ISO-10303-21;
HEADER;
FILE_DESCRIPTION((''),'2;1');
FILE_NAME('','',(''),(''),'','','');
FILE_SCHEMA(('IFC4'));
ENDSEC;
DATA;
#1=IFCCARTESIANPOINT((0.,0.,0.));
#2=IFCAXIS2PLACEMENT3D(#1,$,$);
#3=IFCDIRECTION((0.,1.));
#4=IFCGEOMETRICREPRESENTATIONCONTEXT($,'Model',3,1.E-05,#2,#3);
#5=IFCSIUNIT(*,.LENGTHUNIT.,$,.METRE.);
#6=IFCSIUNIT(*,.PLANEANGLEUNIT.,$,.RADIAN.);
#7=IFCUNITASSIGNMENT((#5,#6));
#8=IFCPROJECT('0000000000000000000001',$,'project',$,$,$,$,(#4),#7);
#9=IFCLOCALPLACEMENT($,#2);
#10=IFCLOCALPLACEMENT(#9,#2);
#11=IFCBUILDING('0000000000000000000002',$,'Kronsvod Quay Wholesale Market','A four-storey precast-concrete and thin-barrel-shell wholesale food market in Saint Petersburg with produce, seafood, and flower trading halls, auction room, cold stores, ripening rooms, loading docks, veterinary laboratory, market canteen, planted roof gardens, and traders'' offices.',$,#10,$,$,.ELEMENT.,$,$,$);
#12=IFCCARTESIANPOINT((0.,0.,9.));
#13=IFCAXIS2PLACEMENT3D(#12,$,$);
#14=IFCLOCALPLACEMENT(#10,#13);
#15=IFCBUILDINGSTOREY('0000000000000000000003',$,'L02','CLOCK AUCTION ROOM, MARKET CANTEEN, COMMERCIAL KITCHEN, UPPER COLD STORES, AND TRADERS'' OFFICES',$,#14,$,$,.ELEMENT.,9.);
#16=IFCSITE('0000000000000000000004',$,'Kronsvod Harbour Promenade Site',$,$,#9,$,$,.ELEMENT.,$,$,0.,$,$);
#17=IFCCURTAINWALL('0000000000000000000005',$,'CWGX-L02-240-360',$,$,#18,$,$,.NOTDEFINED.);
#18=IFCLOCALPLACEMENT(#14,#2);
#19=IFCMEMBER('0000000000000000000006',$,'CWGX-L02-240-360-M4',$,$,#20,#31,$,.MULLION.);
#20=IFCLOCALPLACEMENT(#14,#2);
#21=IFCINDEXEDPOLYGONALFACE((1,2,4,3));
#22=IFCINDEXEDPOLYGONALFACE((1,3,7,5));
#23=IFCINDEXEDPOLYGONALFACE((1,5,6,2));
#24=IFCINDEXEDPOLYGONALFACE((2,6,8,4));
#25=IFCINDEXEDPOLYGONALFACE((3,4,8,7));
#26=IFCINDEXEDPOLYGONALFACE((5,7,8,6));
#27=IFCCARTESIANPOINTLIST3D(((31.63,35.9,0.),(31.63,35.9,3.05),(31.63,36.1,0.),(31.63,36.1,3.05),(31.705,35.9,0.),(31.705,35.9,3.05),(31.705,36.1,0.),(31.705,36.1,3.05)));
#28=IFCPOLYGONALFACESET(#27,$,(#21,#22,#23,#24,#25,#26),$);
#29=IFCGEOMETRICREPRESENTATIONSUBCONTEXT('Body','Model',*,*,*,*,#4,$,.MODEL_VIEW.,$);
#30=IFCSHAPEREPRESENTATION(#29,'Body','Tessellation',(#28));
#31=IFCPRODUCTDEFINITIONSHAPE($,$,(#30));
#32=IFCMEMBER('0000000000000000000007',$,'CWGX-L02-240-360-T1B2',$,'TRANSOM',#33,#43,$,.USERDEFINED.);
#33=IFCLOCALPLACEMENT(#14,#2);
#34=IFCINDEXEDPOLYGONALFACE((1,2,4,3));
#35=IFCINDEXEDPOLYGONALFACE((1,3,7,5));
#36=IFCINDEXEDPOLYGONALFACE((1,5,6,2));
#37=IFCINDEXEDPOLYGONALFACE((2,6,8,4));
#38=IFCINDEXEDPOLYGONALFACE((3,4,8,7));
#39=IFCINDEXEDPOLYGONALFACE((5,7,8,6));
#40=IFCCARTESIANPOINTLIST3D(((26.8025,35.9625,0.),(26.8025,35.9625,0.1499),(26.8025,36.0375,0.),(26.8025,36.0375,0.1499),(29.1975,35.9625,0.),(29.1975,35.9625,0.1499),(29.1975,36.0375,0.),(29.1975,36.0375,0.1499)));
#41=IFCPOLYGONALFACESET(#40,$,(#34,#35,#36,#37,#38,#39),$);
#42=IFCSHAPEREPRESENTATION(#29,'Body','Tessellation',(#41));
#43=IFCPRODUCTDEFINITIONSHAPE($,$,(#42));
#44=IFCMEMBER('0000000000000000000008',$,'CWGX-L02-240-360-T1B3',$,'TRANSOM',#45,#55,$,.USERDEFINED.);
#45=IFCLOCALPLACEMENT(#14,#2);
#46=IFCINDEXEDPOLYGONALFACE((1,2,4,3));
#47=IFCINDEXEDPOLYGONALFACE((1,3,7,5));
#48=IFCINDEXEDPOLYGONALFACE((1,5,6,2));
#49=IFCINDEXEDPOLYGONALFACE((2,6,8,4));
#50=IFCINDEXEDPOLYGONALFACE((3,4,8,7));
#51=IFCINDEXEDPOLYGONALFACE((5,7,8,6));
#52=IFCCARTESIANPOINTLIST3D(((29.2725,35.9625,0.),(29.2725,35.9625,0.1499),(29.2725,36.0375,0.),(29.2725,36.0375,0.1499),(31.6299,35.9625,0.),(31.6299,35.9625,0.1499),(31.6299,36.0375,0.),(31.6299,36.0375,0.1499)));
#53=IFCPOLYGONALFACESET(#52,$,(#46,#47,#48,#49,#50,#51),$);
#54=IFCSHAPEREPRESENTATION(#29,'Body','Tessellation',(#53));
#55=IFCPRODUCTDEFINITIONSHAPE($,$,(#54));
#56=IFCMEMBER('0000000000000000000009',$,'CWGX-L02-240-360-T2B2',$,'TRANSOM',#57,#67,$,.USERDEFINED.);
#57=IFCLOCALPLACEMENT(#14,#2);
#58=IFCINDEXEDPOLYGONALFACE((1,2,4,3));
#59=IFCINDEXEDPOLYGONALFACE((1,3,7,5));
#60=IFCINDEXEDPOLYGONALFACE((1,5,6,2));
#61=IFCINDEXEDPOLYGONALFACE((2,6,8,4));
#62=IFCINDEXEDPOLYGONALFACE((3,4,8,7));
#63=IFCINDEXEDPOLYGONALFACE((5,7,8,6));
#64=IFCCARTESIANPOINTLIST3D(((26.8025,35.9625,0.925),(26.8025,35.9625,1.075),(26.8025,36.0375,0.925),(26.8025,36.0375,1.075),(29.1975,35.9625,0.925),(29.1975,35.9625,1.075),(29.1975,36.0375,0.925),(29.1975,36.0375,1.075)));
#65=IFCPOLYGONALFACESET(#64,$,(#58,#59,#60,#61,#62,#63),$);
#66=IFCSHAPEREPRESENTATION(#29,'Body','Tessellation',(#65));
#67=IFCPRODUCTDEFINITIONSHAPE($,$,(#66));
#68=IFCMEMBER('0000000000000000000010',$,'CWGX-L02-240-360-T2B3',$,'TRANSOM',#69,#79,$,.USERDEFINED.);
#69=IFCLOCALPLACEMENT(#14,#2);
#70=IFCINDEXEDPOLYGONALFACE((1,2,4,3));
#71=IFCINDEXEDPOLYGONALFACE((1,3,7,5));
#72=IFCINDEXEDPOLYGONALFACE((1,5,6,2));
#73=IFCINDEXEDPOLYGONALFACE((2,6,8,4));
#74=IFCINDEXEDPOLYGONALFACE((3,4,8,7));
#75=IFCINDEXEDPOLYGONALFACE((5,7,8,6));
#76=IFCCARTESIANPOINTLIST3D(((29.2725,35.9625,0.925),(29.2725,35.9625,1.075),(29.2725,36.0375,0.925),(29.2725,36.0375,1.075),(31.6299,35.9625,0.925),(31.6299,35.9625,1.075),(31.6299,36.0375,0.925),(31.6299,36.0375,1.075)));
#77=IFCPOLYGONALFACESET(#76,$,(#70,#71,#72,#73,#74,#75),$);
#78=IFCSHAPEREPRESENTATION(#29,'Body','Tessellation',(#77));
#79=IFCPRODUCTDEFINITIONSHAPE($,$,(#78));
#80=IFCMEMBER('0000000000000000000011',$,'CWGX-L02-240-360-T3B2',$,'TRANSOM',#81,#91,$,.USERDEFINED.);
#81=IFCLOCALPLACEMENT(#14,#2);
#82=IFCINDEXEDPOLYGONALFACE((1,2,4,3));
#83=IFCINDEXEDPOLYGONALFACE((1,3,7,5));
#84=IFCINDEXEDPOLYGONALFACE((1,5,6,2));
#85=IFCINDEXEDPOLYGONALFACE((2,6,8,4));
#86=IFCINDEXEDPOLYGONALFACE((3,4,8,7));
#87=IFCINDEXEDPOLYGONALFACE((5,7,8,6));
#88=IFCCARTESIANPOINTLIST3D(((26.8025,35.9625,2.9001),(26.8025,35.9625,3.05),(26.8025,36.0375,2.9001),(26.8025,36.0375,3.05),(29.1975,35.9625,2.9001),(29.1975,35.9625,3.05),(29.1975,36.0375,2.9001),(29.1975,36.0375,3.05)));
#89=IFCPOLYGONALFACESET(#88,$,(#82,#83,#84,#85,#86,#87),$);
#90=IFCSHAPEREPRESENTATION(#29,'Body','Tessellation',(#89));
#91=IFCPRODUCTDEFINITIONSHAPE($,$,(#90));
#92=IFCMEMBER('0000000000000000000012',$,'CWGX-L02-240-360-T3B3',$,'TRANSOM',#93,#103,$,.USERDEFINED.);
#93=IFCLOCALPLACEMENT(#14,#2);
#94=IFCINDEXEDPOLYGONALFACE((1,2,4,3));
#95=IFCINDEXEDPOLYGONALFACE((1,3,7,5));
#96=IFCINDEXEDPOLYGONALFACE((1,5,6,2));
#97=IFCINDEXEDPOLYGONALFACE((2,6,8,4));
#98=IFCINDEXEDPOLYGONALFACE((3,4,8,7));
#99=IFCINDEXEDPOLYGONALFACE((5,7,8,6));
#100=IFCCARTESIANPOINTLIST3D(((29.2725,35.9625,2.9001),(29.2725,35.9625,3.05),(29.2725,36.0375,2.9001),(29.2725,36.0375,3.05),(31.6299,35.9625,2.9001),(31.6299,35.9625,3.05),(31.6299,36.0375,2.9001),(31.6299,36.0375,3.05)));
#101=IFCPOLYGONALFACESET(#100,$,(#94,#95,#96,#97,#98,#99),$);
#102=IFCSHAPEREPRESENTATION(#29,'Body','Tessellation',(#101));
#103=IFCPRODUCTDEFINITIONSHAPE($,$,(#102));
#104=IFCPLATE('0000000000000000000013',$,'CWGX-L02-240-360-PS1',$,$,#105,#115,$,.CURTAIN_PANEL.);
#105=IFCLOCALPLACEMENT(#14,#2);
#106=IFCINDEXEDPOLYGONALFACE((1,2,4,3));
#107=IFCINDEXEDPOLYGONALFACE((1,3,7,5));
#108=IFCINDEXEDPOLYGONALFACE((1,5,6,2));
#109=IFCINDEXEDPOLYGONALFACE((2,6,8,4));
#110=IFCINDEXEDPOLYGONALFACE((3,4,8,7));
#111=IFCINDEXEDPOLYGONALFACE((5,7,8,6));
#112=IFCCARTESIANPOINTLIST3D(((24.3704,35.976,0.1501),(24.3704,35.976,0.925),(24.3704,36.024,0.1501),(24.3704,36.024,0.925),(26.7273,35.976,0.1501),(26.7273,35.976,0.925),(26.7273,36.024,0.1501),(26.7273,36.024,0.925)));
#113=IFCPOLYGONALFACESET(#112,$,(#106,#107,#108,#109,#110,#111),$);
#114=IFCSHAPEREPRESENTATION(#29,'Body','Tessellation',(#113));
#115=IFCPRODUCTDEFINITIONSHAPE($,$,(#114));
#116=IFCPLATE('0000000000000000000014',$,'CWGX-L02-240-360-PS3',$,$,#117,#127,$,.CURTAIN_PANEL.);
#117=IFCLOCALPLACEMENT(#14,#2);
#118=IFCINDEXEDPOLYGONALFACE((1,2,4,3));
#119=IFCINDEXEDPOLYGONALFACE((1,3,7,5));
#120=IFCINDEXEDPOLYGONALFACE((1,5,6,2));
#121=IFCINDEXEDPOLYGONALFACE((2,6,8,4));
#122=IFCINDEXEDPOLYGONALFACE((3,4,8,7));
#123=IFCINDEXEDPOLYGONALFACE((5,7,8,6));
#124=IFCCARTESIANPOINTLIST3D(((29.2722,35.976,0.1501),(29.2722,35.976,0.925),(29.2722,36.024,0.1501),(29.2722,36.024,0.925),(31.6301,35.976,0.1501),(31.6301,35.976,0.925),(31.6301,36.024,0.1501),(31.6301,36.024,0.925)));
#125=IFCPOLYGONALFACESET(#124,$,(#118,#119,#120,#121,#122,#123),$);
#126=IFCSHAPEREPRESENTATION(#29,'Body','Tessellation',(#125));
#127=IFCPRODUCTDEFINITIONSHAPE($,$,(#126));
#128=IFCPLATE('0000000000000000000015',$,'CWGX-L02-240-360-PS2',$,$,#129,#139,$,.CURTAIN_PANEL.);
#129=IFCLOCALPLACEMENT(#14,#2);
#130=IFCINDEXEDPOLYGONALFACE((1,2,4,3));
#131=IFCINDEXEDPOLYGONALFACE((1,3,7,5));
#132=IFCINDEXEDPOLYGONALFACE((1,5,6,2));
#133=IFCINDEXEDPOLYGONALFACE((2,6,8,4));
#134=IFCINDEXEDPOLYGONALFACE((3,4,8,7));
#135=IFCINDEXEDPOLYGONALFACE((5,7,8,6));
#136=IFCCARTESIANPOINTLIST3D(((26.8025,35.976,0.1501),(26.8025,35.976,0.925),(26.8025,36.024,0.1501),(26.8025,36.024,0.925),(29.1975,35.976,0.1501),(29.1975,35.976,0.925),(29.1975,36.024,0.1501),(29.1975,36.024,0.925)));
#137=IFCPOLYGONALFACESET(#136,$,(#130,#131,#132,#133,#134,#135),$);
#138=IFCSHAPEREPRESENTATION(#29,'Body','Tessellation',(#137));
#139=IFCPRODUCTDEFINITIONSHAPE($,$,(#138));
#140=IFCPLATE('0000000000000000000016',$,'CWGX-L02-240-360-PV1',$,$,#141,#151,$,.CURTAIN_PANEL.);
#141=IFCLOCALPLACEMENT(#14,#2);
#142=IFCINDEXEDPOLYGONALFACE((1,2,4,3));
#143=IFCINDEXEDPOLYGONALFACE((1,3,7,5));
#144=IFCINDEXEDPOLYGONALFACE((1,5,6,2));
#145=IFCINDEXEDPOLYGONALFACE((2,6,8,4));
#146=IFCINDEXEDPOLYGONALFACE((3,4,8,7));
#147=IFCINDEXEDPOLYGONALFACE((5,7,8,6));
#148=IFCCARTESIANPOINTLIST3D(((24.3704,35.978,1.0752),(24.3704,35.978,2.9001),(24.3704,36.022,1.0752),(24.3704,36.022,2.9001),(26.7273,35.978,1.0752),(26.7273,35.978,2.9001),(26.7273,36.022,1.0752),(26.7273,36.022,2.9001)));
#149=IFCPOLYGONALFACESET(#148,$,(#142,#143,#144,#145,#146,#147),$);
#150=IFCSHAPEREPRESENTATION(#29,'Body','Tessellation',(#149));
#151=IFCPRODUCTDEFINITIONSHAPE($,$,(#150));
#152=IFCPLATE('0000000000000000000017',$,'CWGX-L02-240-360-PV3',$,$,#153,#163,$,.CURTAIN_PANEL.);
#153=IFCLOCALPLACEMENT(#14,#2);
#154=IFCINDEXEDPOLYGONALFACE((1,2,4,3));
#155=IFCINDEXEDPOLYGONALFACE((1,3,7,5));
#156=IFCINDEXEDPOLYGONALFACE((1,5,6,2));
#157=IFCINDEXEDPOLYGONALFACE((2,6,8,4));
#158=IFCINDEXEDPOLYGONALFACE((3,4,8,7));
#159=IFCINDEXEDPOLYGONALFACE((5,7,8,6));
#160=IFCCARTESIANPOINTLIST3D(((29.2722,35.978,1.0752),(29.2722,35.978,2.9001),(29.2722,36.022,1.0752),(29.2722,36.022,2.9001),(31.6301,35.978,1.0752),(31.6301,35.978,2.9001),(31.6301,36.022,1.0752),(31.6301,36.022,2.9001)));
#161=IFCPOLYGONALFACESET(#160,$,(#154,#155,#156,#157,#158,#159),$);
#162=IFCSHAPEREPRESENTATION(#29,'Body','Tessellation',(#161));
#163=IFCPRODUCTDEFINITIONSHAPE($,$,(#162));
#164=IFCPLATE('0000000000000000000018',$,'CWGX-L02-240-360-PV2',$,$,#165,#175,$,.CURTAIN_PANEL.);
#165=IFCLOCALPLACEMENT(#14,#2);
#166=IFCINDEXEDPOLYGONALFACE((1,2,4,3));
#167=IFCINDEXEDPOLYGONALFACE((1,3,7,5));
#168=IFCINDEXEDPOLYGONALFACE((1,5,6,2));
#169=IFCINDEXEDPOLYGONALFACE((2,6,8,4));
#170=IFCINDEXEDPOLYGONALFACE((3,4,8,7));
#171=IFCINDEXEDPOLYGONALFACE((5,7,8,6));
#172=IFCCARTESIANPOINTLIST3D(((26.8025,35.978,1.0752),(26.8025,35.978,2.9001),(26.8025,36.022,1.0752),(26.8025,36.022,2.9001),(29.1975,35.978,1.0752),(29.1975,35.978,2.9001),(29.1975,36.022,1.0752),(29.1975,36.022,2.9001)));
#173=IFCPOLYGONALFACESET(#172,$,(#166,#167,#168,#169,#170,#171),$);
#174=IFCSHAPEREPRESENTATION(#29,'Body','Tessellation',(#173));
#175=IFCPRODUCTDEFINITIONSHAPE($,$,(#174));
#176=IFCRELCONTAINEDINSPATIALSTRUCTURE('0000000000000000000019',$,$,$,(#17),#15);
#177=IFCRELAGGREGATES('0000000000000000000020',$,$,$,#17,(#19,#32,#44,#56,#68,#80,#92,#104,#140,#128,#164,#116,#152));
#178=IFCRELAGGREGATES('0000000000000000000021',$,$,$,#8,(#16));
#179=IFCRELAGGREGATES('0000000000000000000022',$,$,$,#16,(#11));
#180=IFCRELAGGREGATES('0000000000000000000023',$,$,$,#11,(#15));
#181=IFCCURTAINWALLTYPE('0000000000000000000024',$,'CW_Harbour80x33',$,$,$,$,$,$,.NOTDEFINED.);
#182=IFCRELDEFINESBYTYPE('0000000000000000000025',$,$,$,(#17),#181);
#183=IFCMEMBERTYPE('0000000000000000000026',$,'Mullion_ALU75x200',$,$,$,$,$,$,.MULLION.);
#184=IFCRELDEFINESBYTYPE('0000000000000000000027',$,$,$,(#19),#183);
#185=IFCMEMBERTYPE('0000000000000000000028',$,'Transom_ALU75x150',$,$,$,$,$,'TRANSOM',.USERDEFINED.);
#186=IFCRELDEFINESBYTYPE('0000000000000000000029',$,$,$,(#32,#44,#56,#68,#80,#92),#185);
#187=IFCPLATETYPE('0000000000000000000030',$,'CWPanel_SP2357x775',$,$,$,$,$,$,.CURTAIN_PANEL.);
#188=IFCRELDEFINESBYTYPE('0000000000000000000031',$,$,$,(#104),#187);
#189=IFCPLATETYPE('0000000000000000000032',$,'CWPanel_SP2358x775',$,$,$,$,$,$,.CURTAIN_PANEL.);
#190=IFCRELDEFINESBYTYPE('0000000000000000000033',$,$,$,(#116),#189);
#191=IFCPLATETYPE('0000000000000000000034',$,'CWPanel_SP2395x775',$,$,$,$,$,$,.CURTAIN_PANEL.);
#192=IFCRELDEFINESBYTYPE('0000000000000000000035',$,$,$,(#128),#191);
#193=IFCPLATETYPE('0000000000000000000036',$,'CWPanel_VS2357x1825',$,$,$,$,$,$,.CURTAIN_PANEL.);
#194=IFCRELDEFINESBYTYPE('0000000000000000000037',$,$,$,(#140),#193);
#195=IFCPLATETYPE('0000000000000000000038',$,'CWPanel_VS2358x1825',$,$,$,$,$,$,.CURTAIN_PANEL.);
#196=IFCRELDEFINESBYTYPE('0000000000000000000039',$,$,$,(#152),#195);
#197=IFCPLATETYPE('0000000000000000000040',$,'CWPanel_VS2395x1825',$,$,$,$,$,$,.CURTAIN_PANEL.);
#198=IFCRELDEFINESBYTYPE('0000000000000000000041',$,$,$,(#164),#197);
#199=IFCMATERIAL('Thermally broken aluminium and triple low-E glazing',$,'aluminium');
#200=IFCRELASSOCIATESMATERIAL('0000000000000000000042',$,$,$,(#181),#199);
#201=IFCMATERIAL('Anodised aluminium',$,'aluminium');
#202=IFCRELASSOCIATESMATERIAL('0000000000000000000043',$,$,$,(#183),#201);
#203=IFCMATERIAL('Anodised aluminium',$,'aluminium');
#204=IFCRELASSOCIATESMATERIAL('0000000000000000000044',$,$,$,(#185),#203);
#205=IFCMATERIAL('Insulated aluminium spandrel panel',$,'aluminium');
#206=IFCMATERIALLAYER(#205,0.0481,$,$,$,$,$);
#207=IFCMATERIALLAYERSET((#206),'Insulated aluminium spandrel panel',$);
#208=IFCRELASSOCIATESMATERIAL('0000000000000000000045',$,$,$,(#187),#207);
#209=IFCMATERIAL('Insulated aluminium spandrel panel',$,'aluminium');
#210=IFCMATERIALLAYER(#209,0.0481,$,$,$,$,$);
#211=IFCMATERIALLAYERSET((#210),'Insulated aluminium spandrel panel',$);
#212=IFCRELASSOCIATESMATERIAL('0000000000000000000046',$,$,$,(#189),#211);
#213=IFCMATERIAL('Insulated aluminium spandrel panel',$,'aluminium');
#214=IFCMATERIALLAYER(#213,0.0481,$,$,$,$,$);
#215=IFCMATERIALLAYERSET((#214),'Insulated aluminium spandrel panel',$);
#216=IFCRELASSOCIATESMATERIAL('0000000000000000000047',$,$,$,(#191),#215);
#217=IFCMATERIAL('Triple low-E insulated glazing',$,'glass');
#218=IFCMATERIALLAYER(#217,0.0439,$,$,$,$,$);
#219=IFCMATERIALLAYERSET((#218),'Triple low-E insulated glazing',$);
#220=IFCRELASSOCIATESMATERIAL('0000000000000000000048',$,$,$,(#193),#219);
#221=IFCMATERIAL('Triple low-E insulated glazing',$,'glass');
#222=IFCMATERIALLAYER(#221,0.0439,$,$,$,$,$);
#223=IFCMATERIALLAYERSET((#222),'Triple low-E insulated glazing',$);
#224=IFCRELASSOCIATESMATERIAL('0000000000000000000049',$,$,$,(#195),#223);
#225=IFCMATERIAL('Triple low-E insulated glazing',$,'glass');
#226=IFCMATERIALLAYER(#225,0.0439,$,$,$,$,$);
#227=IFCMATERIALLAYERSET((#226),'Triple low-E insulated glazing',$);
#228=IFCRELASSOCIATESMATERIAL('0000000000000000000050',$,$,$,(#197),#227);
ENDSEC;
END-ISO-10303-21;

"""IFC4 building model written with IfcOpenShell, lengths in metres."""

from ifc_helpers import new_model, si_unit, direction, frame, origin, origin_2d, place, context, subcontext, project, spatial, rectangle, extrude, material, layer, layer_set, material_profile, profile_set, type_object, element, aggregate, save


model = new_model("IFC4")

# Units and contexts
model_context = context("Model", 3, precision=1e-05, world=origin(), true_north=direction((0.0, 1.0)))
body_context = subcontext(model_context, "Body", "Model", "MODEL_VIEW")
ifc_project = project(units=[si_unit("LENGTHUNIT", "METRE"), si_unit("PLANEANGLEUNIT", "RADIAN")], contexts=[model_context])

# Site, building, storey
site_placement = place(None, origin())
site = spatial("IfcSite", under=ifc_project, at=site_placement, Name="Kronsvod Harbour Promenade Site", CompositionType="ELEMENT", RefElevation=0.0)
building_placement = place(site_placement, origin())
building = spatial("IfcBuilding", under=site, at=building_placement, Name="Kronsvod Quay Wholesale Market", Description="A four-storey precast-concrete and thin-barrel-shell wholesale food market in Saint Petersburg with produce, seafood, and flower trading halls, auction room, cold stores, ripening rooms, loading docks, veterinary laboratory, market canteen, planted roof gardens, and traders' offices.", CompositionType="ELEMENT")
storey_placement = place(building_placement, frame((0.0, 0.0, 9.0)))
storey = spatial("IfcBuildingStorey", under=building, at=storey_placement, Name="L02", Description="CLOCK AUCTION ROOM, MARKET CANTEEN, COMMERCIAL KITCHEN, UPPER COLD STORES, AND TRADERS' OFFICES", CompositionType="ELEMENT", Elevation=9.0)

# Curtain wall, members, plates
ifc_material_1 = material(Name="Thermally broken aluminium and triple low-E glazing", Category="aluminium")
curtain_wall_type = type_object("IfcCurtainWallType", Name="CW_Harbour80x33", PredefinedType="NOTDEFINED", material=ifc_material_1)
curtain_wall_placement = place(storey_placement, origin())
curtain_wall = element("IfcCurtainWall", 1, at=curtain_wall_placement, inside=storey, type_object=curtain_wall_type, Name="CWGX-L02-240-360", PredefinedType="NOTDEFINED")
ifc_material_2 = material(Name="Anodised aluminium", Category="aluminium")
ifc_material_profile_1 = material_profile(ifc_material_2, rectangle(XDim=0.075, YDim=0.2, at=origin_2d()), Name="ALUM75x200")
ifc_profile_set_1 = profile_set([ifc_material_profile_1], Name="Anodised aluminium")
member_type_1 = type_object("IfcMemberType", Name="Mullion_ALU75x200", PredefinedType="MULLION", material=ifc_profile_set_1)
member_1_placement = place(storey_placement, frame((31.6675, 36.0, 0.0), z_axis=(0.0, 0.0, 1.0), x_axis=(1.0, 0.0, 0.0)))
member_1 = element("IfcMember", 2, at=member_1_placement, type_object=member_type_1, Name="CWGX-L02-240-360-M4", PredefinedType="MULLION", context=body_context, shape_type="SweptSolid", body=[
    extrude(rectangle(XDim=0.075, YDim=0.2, at=origin_2d()), origin(), (0.0, 0.0, 1.0), 3.05),
])
ifc_material_3 = material(Name="Anodised aluminium", Category="aluminium")
ifc_material_profile_2 = material_profile(ifc_material_3, rectangle(XDim=0.075, YDim=0.1499, at=origin_2d()), Name="ALUT75x150")
ifc_profile_set_2 = profile_set([ifc_material_profile_2], Name="Anodised aluminium")
member_type_2 = type_object("IfcMemberType", Name="Transom_ALU75x150", ElementType="TRANSOM", PredefinedType="USERDEFINED", material=ifc_profile_set_2)
member_2_placement = place(storey_placement, frame((26.8025, 36.0, 0.075), z_axis=(1.0, 0.0, 0.0), x_axis=(0.0, 1.0, 0.0)))
member_2 = element("IfcMember", 3, at=member_2_placement, type_object=member_type_2, Name="CWGX-L02-240-360-T1B2", ObjectType="TRANSOM", PredefinedType="USERDEFINED", context=body_context, shape_type="SweptSolid", body=[
    extrude(rectangle(XDim=0.075, YDim=0.1499, at=origin_2d()), origin(), (0.0, 0.0, 1.0), 2.395),
])
member_3_placement = place(storey_placement, frame((29.2725, 36.0, 0.075), z_axis=(1.0, 0.0, 0.0), x_axis=(0.0, 1.0, 0.0)))
member_3 = element("IfcMember", 4, at=member_3_placement, type_object=member_type_2, Name="CWGX-L02-240-360-T1B3", ObjectType="TRANSOM", PredefinedType="USERDEFINED", context=body_context, shape_type="SweptSolid", body=[
    extrude(rectangle(XDim=0.075, YDim=0.1499, at=origin_2d()), origin(), (0.0, 0.0, 1.0), 2.3574),
])
member_4_placement = place(storey_placement, frame((26.8025, 36.0, 1.0), z_axis=(1.0, 0.0, 0.0), x_axis=(0.0, 1.0, 0.0)))
member_4 = element("IfcMember", 5, at=member_4_placement, type_object=member_type_2, Name="CWGX-L02-240-360-T2B2", ObjectType="TRANSOM", PredefinedType="USERDEFINED", context=body_context, shape_type="SweptSolid", body=[
    extrude(rectangle(XDim=0.075, YDim=0.1499, at=origin_2d()), origin(), (0.0, 0.0, 1.0), 2.395),
])
member_5_placement = place(storey_placement, frame((29.2725, 36.0, 1.0), z_axis=(1.0, 0.0, 0.0), x_axis=(0.0, 1.0, 0.0)))
member_5 = element("IfcMember", 6, at=member_5_placement, type_object=member_type_2, Name="CWGX-L02-240-360-T2B3", ObjectType="TRANSOM", PredefinedType="USERDEFINED", context=body_context, shape_type="SweptSolid", body=[
    extrude(rectangle(XDim=0.075, YDim=0.1499, at=origin_2d()), origin(), (0.0, 0.0, 1.0), 2.3574),
])
member_6_placement = place(storey_placement, frame((26.8025, 36.0, 2.9751), z_axis=(1.0, 0.0, 0.0), x_axis=(0.0, 1.0, 0.0)))
member_6 = element("IfcMember", 7, at=member_6_placement, type_object=member_type_2, Name="CWGX-L02-240-360-T3B2", ObjectType="TRANSOM", PredefinedType="USERDEFINED", context=body_context, shape_type="SweptSolid", body=[
    extrude(rectangle(XDim=0.075, YDim=0.1499, at=origin_2d()), origin(), (0.0, 0.0, 1.0), 2.395),
])
member_7_placement = place(storey_placement, frame((29.2725, 36.0, 2.9751), z_axis=(1.0, 0.0, 0.0), x_axis=(0.0, 1.0, 0.0)))
member_7 = element("IfcMember", 8, at=member_7_placement, type_object=member_type_2, Name="CWGX-L02-240-360-T3B3", ObjectType="TRANSOM", PredefinedType="USERDEFINED", context=body_context, shape_type="SweptSolid", body=[
    extrude(rectangle(XDim=0.075, YDim=0.1499, at=origin_2d()), origin(), (0.0, 0.0, 1.0), 2.3574),
])
ifc_material_4 = material(Name="Insulated aluminium spandrel panel", Category="aluminium")
ifc_layer_1 = layer(ifc_material_4, 0.0481)
ifc_layer_set_1 = layer_set([ifc_layer_1], Name="Insulated aluminium spandrel panel")
plate_type_1 = type_object("IfcPlateType", Name="CWPanel_SP2357x775", PredefinedType="CURTAIN_PANEL", material=ifc_layer_set_1)
plate_1_placement = place(storey_placement, frame((25.5488, 36.0, 0.1501), z_axis=(0.0, 0.0, 1.0), x_axis=(1.0, 0.0, 0.0)))
plate_1 = element("IfcPlate", 9, at=plate_1_placement, type_object=plate_type_1, Name="CWGX-L02-240-360-PS1", PredefinedType="CURTAIN_PANEL", context=body_context, shape_type="SweptSolid", body=[
    extrude(rectangle(XDim=2.3569, YDim=0.0481, at=origin_2d()), origin(), (0.0, 0.0, 1.0), 0.7749),
])
ifc_material_5 = material(Name="Insulated aluminium spandrel panel", Category="aluminium")
ifc_layer_2 = layer(ifc_material_5, 0.0481)
ifc_layer_set_2 = layer_set([ifc_layer_2], Name="Insulated aluminium spandrel panel")
plate_type_2 = type_object("IfcPlateType", Name="CWPanel_SP2358x775", PredefinedType="CURTAIN_PANEL", material=ifc_layer_set_2)
plate_2_placement = place(storey_placement, frame((30.4512, 36.0, 0.1501), z_axis=(0.0, 0.0, 1.0), x_axis=(1.0, 0.0, 0.0)))
plate_2 = element("IfcPlate", 10, at=plate_2_placement, type_object=plate_type_2, Name="CWGX-L02-240-360-PS3", PredefinedType="CURTAIN_PANEL", context=body_context, shape_type="SweptSolid", body=[
    extrude(rectangle(XDim=2.3579, YDim=0.0481, at=origin_2d()), origin(), (0.0, 0.0, 1.0), 0.7749),
])
ifc_material_6 = material(Name="Insulated aluminium spandrel panel", Category="aluminium")
ifc_layer_3 = layer(ifc_material_6, 0.0481)
ifc_layer_set_3 = layer_set([ifc_layer_3], Name="Insulated aluminium spandrel panel")
plate_type_3 = type_object("IfcPlateType", Name="CWPanel_SP2395x775", PredefinedType="CURTAIN_PANEL", material=ifc_layer_set_3)
plate_3_placement = place(storey_placement, frame((28.0, 36.0, 0.1501), z_axis=(0.0, 0.0, 1.0), x_axis=(1.0, 0.0, 0.0)))
plate_3 = element("IfcPlate", 11, at=plate_3_placement, type_object=plate_type_3, Name="CWGX-L02-240-360-PS2", PredefinedType="CURTAIN_PANEL", context=body_context, shape_type="SweptSolid", body=[
    extrude(rectangle(XDim=2.395, YDim=0.0481, at=origin_2d()), origin(), (0.0, 0.0, 1.0), 0.7749),
])
ifc_material_7 = material(Name="Triple low-E insulated glazing", Category="glass")
ifc_layer_4 = layer(ifc_material_7, 0.0439)
ifc_layer_set_4 = layer_set([ifc_layer_4], Name="Triple low-E insulated glazing")
plate_type_4 = type_object("IfcPlateType", Name="CWPanel_VS2357x1825", PredefinedType="CURTAIN_PANEL", material=ifc_layer_set_4)
plate_4_placement = place(storey_placement, frame((25.5488, 36.0, 1.0752), z_axis=(0.0, 0.0, 1.0), x_axis=(1.0, 0.0, 0.0)))
plate_4 = element("IfcPlate", 12, at=plate_4_placement, type_object=plate_type_4, Name="CWGX-L02-240-360-PV1", PredefinedType="CURTAIN_PANEL", context=body_context, shape_type="SweptSolid", body=[
    extrude(rectangle(XDim=2.3569, YDim=0.0439, at=origin_2d()), origin(), (0.0, 0.0, 1.0), 1.825),
])
ifc_material_8 = material(Name="Triple low-E insulated glazing", Category="glass")
ifc_layer_5 = layer(ifc_material_8, 0.0439)
ifc_layer_set_5 = layer_set([ifc_layer_5], Name="Triple low-E insulated glazing")
plate_type_5 = type_object("IfcPlateType", Name="CWPanel_VS2358x1825", PredefinedType="CURTAIN_PANEL", material=ifc_layer_set_5)
plate_5_placement = place(storey_placement, frame((30.4512, 36.0, 1.0752), z_axis=(0.0, 0.0, 1.0), x_axis=(1.0, 0.0, 0.0)))
plate_5 = element("IfcPlate", 13, at=plate_5_placement, type_object=plate_type_5, Name="CWGX-L02-240-360-PV3", PredefinedType="CURTAIN_PANEL", context=body_context, shape_type="SweptSolid", body=[
    extrude(rectangle(XDim=2.3579, YDim=0.0439, at=origin_2d()), origin(), (0.0, 0.0, 1.0), 1.825),
])
ifc_material_9 = material(Name="Triple low-E insulated glazing", Category="glass")
ifc_layer_6 = layer(ifc_material_9, 0.0439)
ifc_layer_set_6 = layer_set([ifc_layer_6], Name="Triple low-E insulated glazing")
plate_type_6 = type_object("IfcPlateType", Name="CWPanel_VS2395x1825", PredefinedType="CURTAIN_PANEL", material=ifc_layer_set_6)
plate_6_placement = place(storey_placement, frame((28.0, 36.0, 1.0752), z_axis=(0.0, 0.0, 1.0), x_axis=(1.0, 0.0, 0.0)))
plate_6 = element("IfcPlate", 14, at=plate_6_placement, type_object=plate_type_6, Name="CWGX-L02-240-360-PV2", PredefinedType="CURTAIN_PANEL", context=body_context, shape_type="SweptSolid", body=[
    extrude(rectangle(XDim=2.395, YDim=0.0439, at=origin_2d()), origin(), (0.0, 0.0, 1.0), 1.825),
])
aggregate(curtain_wall, [member_1, member_2, member_3, member_4, member_5, member_6, member_7, plate_1, plate_4, plate_3, plate_6, plate_2, plate_5])

save(model, "model.ifc")
